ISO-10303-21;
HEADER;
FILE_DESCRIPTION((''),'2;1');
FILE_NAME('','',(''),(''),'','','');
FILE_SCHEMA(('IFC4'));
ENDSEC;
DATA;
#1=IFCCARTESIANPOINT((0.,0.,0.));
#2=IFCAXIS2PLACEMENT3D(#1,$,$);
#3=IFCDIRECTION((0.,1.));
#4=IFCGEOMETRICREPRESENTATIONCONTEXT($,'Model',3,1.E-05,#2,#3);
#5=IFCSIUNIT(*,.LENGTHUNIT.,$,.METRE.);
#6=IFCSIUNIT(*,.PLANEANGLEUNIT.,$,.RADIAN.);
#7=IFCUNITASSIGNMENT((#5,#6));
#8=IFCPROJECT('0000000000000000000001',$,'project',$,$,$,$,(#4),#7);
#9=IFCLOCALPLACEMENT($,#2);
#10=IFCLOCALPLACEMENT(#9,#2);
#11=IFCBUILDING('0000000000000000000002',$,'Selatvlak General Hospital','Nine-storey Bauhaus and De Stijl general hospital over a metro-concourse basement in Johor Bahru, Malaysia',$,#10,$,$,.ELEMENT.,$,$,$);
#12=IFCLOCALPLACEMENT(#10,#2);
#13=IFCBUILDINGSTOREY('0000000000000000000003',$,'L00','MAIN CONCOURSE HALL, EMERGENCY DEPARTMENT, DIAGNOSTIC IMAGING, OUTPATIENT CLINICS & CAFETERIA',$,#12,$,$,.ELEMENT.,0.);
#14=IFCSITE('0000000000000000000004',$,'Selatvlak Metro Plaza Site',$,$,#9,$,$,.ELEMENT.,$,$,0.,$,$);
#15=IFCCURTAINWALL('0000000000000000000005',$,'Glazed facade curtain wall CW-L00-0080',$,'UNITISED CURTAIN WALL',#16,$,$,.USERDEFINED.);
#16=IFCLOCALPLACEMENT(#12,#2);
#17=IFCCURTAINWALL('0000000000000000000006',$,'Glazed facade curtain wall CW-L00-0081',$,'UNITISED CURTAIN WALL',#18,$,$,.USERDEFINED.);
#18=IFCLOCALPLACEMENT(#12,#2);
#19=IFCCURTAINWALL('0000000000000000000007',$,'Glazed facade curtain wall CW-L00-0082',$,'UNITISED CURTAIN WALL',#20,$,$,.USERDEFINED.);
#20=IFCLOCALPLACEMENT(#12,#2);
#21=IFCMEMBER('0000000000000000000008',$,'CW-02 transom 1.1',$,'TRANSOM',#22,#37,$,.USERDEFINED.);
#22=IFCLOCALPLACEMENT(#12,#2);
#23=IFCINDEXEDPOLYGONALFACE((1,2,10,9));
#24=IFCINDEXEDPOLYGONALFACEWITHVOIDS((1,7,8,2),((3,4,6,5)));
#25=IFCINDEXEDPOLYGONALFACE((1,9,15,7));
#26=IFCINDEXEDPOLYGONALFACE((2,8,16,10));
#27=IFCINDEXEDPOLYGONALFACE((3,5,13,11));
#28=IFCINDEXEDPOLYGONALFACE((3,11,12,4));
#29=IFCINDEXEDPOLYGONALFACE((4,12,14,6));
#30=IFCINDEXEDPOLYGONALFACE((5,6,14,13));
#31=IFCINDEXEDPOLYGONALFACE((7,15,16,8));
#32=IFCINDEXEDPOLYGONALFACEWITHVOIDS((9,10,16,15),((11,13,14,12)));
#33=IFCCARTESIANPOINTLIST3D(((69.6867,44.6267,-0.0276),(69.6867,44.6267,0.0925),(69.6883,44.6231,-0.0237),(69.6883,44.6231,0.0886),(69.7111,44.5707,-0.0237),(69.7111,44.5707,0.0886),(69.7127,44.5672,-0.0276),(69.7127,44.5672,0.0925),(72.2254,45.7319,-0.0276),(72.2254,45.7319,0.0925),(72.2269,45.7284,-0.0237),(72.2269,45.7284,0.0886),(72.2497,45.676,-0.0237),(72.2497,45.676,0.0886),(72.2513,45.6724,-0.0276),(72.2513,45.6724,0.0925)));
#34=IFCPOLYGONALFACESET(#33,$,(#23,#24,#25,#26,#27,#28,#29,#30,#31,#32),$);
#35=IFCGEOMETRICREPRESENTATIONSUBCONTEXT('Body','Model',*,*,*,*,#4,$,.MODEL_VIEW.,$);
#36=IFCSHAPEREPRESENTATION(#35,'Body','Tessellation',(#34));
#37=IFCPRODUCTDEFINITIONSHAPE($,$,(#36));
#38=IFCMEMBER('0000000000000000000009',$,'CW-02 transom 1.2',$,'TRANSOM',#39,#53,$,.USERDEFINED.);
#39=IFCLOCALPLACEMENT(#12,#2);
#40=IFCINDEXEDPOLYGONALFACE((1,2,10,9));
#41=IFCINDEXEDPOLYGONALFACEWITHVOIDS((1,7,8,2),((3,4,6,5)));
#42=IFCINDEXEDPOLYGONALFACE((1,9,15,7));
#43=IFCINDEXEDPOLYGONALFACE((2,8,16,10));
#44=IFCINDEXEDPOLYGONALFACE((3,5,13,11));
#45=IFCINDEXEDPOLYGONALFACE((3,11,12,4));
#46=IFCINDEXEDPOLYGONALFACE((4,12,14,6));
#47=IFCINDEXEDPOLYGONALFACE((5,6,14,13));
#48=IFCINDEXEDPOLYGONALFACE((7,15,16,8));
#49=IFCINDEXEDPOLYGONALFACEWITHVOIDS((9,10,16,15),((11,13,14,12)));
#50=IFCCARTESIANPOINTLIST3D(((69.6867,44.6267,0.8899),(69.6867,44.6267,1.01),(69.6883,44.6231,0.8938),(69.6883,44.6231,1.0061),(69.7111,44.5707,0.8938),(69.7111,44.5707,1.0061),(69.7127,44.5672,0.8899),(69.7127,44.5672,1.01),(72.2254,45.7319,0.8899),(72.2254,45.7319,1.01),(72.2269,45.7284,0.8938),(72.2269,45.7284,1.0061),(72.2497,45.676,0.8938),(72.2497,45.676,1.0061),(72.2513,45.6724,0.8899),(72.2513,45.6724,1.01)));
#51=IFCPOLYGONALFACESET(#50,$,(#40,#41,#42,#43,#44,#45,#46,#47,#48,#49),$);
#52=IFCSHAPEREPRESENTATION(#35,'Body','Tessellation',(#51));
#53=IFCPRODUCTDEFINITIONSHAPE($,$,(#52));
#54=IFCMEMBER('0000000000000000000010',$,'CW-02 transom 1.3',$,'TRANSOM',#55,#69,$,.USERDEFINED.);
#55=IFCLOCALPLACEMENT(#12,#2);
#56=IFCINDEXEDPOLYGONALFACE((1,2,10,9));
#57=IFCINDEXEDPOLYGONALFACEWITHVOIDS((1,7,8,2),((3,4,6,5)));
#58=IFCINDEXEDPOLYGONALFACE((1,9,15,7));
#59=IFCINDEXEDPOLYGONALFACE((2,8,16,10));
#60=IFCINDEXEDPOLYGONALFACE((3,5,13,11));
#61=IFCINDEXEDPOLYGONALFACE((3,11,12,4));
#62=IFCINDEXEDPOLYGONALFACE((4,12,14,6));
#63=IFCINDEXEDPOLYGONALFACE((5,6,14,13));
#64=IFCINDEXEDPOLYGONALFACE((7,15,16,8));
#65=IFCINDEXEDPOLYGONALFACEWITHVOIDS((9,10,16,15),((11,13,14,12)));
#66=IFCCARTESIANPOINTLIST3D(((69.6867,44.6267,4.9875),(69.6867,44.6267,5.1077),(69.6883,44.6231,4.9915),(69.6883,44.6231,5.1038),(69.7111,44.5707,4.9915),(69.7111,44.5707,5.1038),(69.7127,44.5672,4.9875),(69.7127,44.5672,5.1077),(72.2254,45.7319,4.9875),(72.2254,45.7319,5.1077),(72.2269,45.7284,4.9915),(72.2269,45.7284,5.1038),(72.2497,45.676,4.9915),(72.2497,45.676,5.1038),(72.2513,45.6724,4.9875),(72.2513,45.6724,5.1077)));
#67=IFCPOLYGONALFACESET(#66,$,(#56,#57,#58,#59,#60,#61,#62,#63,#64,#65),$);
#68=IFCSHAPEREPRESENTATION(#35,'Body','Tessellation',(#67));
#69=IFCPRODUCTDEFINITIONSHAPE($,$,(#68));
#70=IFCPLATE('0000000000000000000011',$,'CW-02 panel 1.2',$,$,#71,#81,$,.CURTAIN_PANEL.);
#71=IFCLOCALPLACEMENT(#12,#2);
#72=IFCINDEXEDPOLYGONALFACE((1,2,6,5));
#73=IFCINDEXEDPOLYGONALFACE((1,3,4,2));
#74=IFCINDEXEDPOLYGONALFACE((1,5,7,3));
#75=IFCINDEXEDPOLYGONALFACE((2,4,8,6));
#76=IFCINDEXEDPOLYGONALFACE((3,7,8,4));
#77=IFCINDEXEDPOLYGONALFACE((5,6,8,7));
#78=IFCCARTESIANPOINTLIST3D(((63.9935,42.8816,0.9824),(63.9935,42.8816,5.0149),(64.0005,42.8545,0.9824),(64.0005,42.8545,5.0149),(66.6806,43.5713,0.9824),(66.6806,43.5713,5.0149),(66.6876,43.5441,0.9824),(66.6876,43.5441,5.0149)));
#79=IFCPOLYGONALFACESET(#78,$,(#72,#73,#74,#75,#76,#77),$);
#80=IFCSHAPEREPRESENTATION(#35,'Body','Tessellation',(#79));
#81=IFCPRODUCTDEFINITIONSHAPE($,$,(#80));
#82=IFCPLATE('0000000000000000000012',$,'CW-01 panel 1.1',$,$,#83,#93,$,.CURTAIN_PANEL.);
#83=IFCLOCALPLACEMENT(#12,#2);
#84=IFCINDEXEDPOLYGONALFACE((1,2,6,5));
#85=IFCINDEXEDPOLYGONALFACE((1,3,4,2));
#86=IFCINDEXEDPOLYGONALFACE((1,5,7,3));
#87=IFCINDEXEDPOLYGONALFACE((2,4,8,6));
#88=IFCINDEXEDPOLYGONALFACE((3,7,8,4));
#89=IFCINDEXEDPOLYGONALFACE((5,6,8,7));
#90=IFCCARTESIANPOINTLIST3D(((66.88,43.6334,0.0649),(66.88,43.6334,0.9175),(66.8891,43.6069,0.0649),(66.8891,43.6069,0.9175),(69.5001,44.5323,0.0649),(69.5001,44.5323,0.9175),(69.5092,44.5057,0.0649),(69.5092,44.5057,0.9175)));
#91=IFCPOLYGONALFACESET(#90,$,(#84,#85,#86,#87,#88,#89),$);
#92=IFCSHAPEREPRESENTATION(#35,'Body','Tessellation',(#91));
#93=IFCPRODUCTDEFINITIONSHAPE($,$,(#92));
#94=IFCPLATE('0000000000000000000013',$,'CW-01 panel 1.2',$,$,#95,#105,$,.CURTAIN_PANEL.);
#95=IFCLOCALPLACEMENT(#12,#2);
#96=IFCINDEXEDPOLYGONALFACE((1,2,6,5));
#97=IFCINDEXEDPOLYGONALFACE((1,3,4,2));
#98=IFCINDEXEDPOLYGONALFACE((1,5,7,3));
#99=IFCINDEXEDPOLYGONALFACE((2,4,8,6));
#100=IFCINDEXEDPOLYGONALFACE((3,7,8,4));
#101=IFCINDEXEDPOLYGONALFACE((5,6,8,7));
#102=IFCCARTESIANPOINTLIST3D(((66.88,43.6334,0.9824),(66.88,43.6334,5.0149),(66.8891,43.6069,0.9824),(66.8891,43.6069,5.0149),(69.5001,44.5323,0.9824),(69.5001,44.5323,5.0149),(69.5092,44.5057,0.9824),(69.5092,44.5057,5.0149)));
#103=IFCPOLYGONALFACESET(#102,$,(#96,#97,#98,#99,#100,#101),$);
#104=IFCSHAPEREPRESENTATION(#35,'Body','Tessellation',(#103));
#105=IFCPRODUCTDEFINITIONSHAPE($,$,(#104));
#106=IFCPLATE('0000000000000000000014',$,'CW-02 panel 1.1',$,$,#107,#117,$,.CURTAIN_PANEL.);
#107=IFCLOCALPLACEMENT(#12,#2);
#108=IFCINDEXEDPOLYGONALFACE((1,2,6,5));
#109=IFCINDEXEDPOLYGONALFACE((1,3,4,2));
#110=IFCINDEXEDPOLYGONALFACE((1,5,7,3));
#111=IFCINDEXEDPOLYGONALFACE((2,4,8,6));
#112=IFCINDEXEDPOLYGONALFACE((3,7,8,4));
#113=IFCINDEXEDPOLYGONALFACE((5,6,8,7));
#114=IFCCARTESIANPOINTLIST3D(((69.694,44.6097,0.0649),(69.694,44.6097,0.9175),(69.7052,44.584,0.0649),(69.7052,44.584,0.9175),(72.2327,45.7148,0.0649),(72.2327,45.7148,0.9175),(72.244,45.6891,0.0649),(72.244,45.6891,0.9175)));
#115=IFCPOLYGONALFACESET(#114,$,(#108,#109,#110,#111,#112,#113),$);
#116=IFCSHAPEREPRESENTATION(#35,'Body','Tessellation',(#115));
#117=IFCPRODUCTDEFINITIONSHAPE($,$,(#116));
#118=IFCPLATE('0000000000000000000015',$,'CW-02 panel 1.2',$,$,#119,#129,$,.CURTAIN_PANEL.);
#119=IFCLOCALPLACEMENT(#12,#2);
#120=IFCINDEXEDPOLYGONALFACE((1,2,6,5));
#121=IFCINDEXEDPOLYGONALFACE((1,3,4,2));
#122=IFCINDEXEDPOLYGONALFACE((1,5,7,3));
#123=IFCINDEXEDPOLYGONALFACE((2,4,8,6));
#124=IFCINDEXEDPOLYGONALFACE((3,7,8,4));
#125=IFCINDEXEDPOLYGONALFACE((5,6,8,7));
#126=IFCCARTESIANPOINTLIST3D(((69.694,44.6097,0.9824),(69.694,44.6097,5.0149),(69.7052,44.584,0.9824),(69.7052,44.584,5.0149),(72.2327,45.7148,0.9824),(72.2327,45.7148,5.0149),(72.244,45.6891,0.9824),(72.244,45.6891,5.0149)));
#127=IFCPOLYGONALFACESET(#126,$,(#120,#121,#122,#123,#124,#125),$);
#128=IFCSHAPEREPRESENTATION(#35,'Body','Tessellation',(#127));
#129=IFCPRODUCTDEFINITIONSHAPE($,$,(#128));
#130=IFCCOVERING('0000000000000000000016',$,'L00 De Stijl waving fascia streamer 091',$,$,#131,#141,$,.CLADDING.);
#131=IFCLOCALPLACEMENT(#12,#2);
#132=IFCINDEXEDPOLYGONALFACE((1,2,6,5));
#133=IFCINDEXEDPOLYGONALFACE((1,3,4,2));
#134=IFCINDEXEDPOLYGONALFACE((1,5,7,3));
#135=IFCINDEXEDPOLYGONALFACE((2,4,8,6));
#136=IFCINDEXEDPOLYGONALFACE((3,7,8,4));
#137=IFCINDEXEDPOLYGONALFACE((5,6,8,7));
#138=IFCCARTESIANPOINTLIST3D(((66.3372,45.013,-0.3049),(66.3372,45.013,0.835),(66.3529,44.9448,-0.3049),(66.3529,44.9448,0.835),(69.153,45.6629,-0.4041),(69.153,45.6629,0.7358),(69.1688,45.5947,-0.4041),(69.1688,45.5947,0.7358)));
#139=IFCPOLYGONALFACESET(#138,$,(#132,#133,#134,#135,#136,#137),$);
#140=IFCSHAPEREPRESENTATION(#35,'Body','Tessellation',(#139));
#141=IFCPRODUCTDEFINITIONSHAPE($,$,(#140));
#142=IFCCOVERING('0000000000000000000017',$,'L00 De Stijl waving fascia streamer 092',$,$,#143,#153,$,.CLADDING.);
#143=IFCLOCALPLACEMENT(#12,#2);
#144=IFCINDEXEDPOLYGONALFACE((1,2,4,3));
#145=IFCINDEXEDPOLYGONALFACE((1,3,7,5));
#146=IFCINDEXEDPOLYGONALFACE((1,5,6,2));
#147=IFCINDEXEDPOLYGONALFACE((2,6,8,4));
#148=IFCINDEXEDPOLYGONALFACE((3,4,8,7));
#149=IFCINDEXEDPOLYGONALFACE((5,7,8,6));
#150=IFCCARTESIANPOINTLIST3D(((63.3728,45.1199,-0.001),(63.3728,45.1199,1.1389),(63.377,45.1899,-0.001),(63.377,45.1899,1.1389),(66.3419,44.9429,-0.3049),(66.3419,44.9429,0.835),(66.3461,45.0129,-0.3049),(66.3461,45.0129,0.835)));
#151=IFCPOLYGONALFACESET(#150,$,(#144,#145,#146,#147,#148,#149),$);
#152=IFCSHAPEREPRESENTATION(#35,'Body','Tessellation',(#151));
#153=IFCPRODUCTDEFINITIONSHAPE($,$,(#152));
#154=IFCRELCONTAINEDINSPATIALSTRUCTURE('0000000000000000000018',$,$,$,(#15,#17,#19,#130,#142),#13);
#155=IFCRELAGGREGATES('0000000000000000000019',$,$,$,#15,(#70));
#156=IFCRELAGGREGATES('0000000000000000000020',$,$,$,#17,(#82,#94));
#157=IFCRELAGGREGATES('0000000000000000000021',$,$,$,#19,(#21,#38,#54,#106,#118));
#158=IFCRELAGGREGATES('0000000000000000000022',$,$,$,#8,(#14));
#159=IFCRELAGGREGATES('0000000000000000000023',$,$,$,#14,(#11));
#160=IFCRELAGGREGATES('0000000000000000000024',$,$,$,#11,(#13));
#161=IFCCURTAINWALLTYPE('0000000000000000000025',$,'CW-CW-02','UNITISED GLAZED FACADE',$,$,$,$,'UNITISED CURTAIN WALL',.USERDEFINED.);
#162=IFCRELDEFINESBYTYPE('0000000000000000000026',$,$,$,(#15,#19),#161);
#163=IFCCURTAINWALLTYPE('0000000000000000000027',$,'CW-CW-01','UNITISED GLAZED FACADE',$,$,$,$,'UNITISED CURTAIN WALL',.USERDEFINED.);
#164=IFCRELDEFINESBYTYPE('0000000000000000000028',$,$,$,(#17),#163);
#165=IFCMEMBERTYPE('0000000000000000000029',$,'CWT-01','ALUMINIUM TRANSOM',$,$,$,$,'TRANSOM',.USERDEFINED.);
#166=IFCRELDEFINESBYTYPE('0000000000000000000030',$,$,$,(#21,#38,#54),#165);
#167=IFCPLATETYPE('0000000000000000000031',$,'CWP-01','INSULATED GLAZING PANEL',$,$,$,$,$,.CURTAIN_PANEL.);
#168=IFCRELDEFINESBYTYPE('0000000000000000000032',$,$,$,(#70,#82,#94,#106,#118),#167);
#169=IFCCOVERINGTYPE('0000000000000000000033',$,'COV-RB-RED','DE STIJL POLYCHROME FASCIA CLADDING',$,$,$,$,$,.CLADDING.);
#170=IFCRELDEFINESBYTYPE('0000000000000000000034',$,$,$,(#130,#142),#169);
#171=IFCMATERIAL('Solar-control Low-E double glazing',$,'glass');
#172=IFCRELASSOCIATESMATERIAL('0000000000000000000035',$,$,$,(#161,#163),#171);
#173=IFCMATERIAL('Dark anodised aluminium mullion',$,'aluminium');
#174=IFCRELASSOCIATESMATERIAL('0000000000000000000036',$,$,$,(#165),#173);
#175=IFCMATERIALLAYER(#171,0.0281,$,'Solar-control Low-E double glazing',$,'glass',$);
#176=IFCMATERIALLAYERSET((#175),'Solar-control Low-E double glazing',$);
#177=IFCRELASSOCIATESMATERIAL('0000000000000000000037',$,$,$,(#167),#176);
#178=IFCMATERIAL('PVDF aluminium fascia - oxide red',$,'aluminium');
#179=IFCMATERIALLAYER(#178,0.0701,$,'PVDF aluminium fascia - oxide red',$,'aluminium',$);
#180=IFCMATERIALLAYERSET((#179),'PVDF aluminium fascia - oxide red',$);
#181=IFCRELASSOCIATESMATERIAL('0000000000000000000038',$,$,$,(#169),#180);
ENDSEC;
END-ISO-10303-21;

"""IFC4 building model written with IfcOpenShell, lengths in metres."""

from ifc_helpers import new_model, si_unit, direction, frame, origin, origin_2d, place, context, subcontext, project, spatial, polyline, rectangle, hollow_rectangle, outline, extrude, material, layer, layer_set, material_profile, profile_set, type_object, element, aggregate, save


model = new_model("IFC4")

# Units and contexts
model_context = context("Model", 3, precision=1e-05, world=origin(), true_north=direction((0.0, 1.0)))
body_context = subcontext(model_context, "Body", "Model", "MODEL_VIEW")
ifc_project = project(units=[si_unit("LENGTHUNIT", "METRE"), si_unit("PLANEANGLEUNIT", "RADIAN")], contexts=[model_context])

# Site, building, storey
site_placement = place(None, origin())
site = spatial("IfcSite", under=ifc_project, at=site_placement, Name="Selatvlak Metro Plaza Site", CompositionType="ELEMENT", RefElevation=0.0)
building_placement = place(site_placement, origin())
building = spatial("IfcBuilding", under=site, at=building_placement, Name="Selatvlak General Hospital", Description="Nine-storey Bauhaus and De Stijl general hospital over a metro-concourse basement in Johor Bahru, Malaysia", CompositionType="ELEMENT")
storey_placement = place(building_placement, origin())
storey = spatial("IfcBuildingStorey", under=building, at=storey_placement, Name="L00", Description="MAIN CONCOURSE HALL, EMERGENCY DEPARTMENT, DIAGNOSTIC IMAGING, OUTPATIENT CLINICS & CAFETERIA", CompositionType="ELEMENT", Elevation=0.0)

# Curtain wall
ifc_material_1 = material(Name="Solar-control Low-E double glazing", Category="glass")
curtain_wall_type_1 = type_object("IfcCurtainWallType", Name="CW-CW-02", Description="UNITISED GLAZED FACADE", ElementType="UNITISED CURTAIN WALL", PredefinedType="USERDEFINED", material=ifc_material_1)
curtain_wall_1_placement = place(storey_placement, origin())
curtain_wall_1 = element("IfcCurtainWall", 1, at=curtain_wall_1_placement, inside=storey, type_object=curtain_wall_type_1, Name="Glazed facade curtain wall CW-L00-0080", ObjectType="UNITISED CURTAIN WALL", PredefinedType="USERDEFINED")
ifc_material_2 = material(Name="Dark anodised aluminium mullion", Category="aluminium")

# Curtain walls
curtain_wall_type_2 = type_object("IfcCurtainWallType", Name="CW-CW-01", Description="UNITISED GLAZED FACADE", ElementType="UNITISED CURTAIN WALL", PredefinedType="USERDEFINED", material=ifc_material_1)
curtain_wall_2_placement = place(storey_placement, origin())
curtain_wall_2 = element("IfcCurtainWall", 2, at=curtain_wall_2_placement, inside=storey, type_object=curtain_wall_type_2, Name="Glazed facade curtain wall CW-L00-0081", ObjectType="UNITISED CURTAIN WALL", PredefinedType="USERDEFINED")
curtain_wall_3_placement = place(storey_placement, origin())
curtain_wall_3 = element("IfcCurtainWall", 3, at=curtain_wall_3_placement, inside=storey, type_object=curtain_wall_type_1, Name="Glazed facade curtain wall CW-L00-0082", ObjectType="UNITISED CURTAIN WALL", PredefinedType="USERDEFINED")

# Members
ifc_material_profile_1 = material_profile(ifc_material_2, hollow_rectangle(XDim=0.0649, YDim=0.1201, WallThickness=0.0039, at=origin_2d()), Name="AL-TRN 65x120x4")
ifc_profile_set_1 = profile_set([ifc_material_profile_1], Name="Dark anodised aluminium mullion")
member_type_1 = type_object("IfcMemberType", Name="CWT-01", Description="ALUMINIUM TRANSOM", ElementType="TRANSOM", PredefinedType="USERDEFINED", material=ifc_profile_set_1)
member_1_placement = place(storey_placement, frame((69.6997, 44.5969, 0.0325), z_axis=(0.916872, 0.399181, 0.0), x_axis=(-0.399181, 0.916872, 0.0)))
member_1 = element("IfcMember", 4, at=member_1_placement, type_object=member_type_1, Name="CW-02 transom 1.1", ObjectType="TRANSOM", PredefinedType="USERDEFINED", context=body_context, shape_type="SweptSolid", body=[
    extrude(hollow_rectangle(XDim=0.0649, YDim=0.1201, WallThickness=0.0039, at=origin_2d()), origin(), (0.0, 0.0, 1.0), 2.7688),
])
member_2_placement = place(storey_placement, frame((69.6997, 44.5969, 0.95), z_axis=(0.916872, 0.399181, 0.0), x_axis=(-0.399181, 0.916872, 0.0)))
member_2 = element("IfcMember", 5, at=member_2_placement, type_object=member_type_1, Name="CW-02 transom 1.2", ObjectType="TRANSOM", PredefinedType="USERDEFINED", context=body_context, shape_type="SweptSolid", body=[
    extrude(hollow_rectangle(XDim=0.0649, YDim=0.1201, WallThickness=0.0039, at=origin_2d()), origin(), (0.0, 0.0, 1.0), 2.7688),
])
member_3_placement = place(storey_placement, frame((69.6997, 44.5969, 5.0476), z_axis=(0.916872, 0.399181, 0.0), x_axis=(-0.399181, 0.916872, 0.0)))
member_3 = element("IfcMember", 6, at=member_3_placement, type_object=member_type_1, Name="CW-02 transom 1.3", ObjectType="TRANSOM", PredefinedType="USERDEFINED", context=body_context, shape_type="SweptSolid", body=[
    extrude(hollow_rectangle(XDim=0.0649, YDim=0.1201, WallThickness=0.0039, at=origin_2d()), origin(), (0.0, 0.0, 1.0), 2.7688),
])

# Plates
ifc_layer_1 = layer(ifc_material_1, 0.0281, Name="Solar-control Low-E double glazing", Category="glass")
ifc_layer_set_1 = layer_set([ifc_layer_1], Name="Solar-control Low-E double glazing")
plate_type = type_object("IfcPlateType", Name="CWP-01", Description="INSULATED GLAZING PANEL", PredefinedType="CURTAIN_PANEL", material=ifc_layer_set_1)
plate_1_placement = place(storey_placement, frame((65.3406, 43.2129, 0.9824), z_axis=(0.0, 0.0, 1.0), x_axis=(0.968604, 0.248607, 0.0)))
plate_1 = element("IfcPlate", 7, at=plate_1_placement, type_object=plate_type, Name="CW-02 panel 1.2", PredefinedType="CURTAIN_PANEL", context=body_context, shape_type="SweptSolid", body=[
    extrude(rectangle(XDim=2.7742, YDim=0.0281, at=origin_2d()), origin(), (0.0, 0.0, 1.0), 4.0325),
])
aggregate(curtain_wall_1, [plate_1])
plate_2_placement = place(storey_placement, frame((68.1946, 44.0696, 0.0649), z_axis=(0.0, 0.0, 1.0), x_axis=(0.945889, 0.324492, 0.0)))
plate_2 = element("IfcPlate", 8, at=plate_2_placement, type_object=plate_type, Name="CW-01 panel 1.1", PredefinedType="CURTAIN_PANEL", context=body_context, shape_type="SweptSolid", body=[
    extrude(rectangle(XDim=2.77, YDim=0.0281, at=origin_2d()), origin(), (0.0, 0.0, 1.0), 0.8525),
])
plate_3_placement = place(storey_placement, frame((68.1946, 44.0696, 0.9824), z_axis=(0.0, 0.0, 1.0), x_axis=(0.945889, 0.324492, 0.0)))
plate_3 = element("IfcPlate", 9, at=plate_3_placement, type_object=plate_type, Name="CW-01 panel 1.2", PredefinedType="CURTAIN_PANEL", context=body_context, shape_type="SweptSolid", body=[
    extrude(rectangle(XDim=2.77, YDim=0.0281, at=origin_2d()), origin(), (0.0, 0.0, 1.0), 4.0325),
])
aggregate(curtain_wall_2, [plate_2, plate_3])
plate_4_placement = place(storey_placement, frame((70.969, 45.1494, 0.0649), z_axis=(0.0, 0.0, 1.0), x_axis=(0.9169, 0.399117, 0.0)))
plate_4 = element("IfcPlate", 10, at=plate_4_placement, type_object=plate_type, Name="CW-02 panel 1.1", PredefinedType="CURTAIN_PANEL", context=body_context, shape_type="SweptSolid", body=[
    extrude(rectangle(XDim=2.7688, YDim=0.0281, at=origin_2d()), origin(), (0.0, 0.0, 1.0), 0.8525),
])
plate_5_placement = place(storey_placement, frame((70.969, 45.1494, 0.9824), z_axis=(0.0, 0.0, 1.0), x_axis=(0.9169, 0.399117, 0.0)))
plate_5 = element("IfcPlate", 11, at=plate_5_placement, type_object=plate_type, Name="CW-02 panel 1.2", PredefinedType="CURTAIN_PANEL", context=body_context, shape_type="SweptSolid", body=[
    extrude(rectangle(XDim=2.7688, YDim=0.0281, at=origin_2d()), origin(), (0.0, 0.0, 1.0), 4.0325),
])
aggregate(curtain_wall_3, [member_1, member_2, member_3, plate_4, plate_5])

# Coverings
ifc_material_3 = material(Name="PVDF aluminium fascia - oxide red", Category="aluminium")
ifc_layer_2 = layer(ifc_material_3, 0.0701, Name="PVDF aluminium fascia - oxide red", Category="aluminium")
ifc_layer_set_2 = layer_set([ifc_layer_2], Name="PVDF aluminium fascia - oxide red")
covering_type = type_object("IfcCoveringType", Name="COV-RB-RED", Description="DE STIJL POLYCHROME FASCIA CLADDING", PredefinedType="CLADDING", material=ifc_layer_set_2)
covering_1_placement = place(storey_placement, frame((69.1609, 45.6289, -0.4041), z_axis=(0.0, 0.0, 1.0), x_axis=(-0.974386, -0.224884, 0.0)))
element("IfcCovering", 12, at=covering_1_placement, inside=storey, type_object=covering_type, Name="L00 De Stijl waving fascia streamer 091", PredefinedType="CLADDING", context=body_context, shape_type="SweptSolid", body=[
    extrude(outline(polyline([(0.0, 0.0), (2.8899, 0.0991), (2.8899, 1.239), (0.0, 1.1399), (0.0, 0.0)])), frame((0.0, 0.0352, 0.0), z_axis=(0.0, -1.0, 0.0), x_axis=(1.0, 0.0, 0.0)), (0.0, 0.0, 1.0), 0.0701),
])
covering_2_placement = place(storey_placement, frame((66.344, 44.978, -0.3049), z_axis=(0.0, 0.0, 1.0), x_axis=(-0.998228, 0.059511, 0.0)))
element("IfcCovering", 13, at=covering_2_placement, inside=storey, type_object=covering_type, Name="L00 De Stijl waving fascia streamer 092", PredefinedType="CLADDING", context=body_context, shape_type="SweptSolid", body=[
    extrude(outline(polyline([(0.0, 0.0), (2.9744, 0.304), (2.9744, 1.4438), (0.0, 1.1399), (0.0, 0.0)])), frame((0.0, 0.0352, 0.0), z_axis=(0.0, -1.0, 0.0), x_axis=(1.0, 0.0, 0.0)), (0.0, 0.0, 1.0), 0.0701),
])

save(model, "model.ifc")
